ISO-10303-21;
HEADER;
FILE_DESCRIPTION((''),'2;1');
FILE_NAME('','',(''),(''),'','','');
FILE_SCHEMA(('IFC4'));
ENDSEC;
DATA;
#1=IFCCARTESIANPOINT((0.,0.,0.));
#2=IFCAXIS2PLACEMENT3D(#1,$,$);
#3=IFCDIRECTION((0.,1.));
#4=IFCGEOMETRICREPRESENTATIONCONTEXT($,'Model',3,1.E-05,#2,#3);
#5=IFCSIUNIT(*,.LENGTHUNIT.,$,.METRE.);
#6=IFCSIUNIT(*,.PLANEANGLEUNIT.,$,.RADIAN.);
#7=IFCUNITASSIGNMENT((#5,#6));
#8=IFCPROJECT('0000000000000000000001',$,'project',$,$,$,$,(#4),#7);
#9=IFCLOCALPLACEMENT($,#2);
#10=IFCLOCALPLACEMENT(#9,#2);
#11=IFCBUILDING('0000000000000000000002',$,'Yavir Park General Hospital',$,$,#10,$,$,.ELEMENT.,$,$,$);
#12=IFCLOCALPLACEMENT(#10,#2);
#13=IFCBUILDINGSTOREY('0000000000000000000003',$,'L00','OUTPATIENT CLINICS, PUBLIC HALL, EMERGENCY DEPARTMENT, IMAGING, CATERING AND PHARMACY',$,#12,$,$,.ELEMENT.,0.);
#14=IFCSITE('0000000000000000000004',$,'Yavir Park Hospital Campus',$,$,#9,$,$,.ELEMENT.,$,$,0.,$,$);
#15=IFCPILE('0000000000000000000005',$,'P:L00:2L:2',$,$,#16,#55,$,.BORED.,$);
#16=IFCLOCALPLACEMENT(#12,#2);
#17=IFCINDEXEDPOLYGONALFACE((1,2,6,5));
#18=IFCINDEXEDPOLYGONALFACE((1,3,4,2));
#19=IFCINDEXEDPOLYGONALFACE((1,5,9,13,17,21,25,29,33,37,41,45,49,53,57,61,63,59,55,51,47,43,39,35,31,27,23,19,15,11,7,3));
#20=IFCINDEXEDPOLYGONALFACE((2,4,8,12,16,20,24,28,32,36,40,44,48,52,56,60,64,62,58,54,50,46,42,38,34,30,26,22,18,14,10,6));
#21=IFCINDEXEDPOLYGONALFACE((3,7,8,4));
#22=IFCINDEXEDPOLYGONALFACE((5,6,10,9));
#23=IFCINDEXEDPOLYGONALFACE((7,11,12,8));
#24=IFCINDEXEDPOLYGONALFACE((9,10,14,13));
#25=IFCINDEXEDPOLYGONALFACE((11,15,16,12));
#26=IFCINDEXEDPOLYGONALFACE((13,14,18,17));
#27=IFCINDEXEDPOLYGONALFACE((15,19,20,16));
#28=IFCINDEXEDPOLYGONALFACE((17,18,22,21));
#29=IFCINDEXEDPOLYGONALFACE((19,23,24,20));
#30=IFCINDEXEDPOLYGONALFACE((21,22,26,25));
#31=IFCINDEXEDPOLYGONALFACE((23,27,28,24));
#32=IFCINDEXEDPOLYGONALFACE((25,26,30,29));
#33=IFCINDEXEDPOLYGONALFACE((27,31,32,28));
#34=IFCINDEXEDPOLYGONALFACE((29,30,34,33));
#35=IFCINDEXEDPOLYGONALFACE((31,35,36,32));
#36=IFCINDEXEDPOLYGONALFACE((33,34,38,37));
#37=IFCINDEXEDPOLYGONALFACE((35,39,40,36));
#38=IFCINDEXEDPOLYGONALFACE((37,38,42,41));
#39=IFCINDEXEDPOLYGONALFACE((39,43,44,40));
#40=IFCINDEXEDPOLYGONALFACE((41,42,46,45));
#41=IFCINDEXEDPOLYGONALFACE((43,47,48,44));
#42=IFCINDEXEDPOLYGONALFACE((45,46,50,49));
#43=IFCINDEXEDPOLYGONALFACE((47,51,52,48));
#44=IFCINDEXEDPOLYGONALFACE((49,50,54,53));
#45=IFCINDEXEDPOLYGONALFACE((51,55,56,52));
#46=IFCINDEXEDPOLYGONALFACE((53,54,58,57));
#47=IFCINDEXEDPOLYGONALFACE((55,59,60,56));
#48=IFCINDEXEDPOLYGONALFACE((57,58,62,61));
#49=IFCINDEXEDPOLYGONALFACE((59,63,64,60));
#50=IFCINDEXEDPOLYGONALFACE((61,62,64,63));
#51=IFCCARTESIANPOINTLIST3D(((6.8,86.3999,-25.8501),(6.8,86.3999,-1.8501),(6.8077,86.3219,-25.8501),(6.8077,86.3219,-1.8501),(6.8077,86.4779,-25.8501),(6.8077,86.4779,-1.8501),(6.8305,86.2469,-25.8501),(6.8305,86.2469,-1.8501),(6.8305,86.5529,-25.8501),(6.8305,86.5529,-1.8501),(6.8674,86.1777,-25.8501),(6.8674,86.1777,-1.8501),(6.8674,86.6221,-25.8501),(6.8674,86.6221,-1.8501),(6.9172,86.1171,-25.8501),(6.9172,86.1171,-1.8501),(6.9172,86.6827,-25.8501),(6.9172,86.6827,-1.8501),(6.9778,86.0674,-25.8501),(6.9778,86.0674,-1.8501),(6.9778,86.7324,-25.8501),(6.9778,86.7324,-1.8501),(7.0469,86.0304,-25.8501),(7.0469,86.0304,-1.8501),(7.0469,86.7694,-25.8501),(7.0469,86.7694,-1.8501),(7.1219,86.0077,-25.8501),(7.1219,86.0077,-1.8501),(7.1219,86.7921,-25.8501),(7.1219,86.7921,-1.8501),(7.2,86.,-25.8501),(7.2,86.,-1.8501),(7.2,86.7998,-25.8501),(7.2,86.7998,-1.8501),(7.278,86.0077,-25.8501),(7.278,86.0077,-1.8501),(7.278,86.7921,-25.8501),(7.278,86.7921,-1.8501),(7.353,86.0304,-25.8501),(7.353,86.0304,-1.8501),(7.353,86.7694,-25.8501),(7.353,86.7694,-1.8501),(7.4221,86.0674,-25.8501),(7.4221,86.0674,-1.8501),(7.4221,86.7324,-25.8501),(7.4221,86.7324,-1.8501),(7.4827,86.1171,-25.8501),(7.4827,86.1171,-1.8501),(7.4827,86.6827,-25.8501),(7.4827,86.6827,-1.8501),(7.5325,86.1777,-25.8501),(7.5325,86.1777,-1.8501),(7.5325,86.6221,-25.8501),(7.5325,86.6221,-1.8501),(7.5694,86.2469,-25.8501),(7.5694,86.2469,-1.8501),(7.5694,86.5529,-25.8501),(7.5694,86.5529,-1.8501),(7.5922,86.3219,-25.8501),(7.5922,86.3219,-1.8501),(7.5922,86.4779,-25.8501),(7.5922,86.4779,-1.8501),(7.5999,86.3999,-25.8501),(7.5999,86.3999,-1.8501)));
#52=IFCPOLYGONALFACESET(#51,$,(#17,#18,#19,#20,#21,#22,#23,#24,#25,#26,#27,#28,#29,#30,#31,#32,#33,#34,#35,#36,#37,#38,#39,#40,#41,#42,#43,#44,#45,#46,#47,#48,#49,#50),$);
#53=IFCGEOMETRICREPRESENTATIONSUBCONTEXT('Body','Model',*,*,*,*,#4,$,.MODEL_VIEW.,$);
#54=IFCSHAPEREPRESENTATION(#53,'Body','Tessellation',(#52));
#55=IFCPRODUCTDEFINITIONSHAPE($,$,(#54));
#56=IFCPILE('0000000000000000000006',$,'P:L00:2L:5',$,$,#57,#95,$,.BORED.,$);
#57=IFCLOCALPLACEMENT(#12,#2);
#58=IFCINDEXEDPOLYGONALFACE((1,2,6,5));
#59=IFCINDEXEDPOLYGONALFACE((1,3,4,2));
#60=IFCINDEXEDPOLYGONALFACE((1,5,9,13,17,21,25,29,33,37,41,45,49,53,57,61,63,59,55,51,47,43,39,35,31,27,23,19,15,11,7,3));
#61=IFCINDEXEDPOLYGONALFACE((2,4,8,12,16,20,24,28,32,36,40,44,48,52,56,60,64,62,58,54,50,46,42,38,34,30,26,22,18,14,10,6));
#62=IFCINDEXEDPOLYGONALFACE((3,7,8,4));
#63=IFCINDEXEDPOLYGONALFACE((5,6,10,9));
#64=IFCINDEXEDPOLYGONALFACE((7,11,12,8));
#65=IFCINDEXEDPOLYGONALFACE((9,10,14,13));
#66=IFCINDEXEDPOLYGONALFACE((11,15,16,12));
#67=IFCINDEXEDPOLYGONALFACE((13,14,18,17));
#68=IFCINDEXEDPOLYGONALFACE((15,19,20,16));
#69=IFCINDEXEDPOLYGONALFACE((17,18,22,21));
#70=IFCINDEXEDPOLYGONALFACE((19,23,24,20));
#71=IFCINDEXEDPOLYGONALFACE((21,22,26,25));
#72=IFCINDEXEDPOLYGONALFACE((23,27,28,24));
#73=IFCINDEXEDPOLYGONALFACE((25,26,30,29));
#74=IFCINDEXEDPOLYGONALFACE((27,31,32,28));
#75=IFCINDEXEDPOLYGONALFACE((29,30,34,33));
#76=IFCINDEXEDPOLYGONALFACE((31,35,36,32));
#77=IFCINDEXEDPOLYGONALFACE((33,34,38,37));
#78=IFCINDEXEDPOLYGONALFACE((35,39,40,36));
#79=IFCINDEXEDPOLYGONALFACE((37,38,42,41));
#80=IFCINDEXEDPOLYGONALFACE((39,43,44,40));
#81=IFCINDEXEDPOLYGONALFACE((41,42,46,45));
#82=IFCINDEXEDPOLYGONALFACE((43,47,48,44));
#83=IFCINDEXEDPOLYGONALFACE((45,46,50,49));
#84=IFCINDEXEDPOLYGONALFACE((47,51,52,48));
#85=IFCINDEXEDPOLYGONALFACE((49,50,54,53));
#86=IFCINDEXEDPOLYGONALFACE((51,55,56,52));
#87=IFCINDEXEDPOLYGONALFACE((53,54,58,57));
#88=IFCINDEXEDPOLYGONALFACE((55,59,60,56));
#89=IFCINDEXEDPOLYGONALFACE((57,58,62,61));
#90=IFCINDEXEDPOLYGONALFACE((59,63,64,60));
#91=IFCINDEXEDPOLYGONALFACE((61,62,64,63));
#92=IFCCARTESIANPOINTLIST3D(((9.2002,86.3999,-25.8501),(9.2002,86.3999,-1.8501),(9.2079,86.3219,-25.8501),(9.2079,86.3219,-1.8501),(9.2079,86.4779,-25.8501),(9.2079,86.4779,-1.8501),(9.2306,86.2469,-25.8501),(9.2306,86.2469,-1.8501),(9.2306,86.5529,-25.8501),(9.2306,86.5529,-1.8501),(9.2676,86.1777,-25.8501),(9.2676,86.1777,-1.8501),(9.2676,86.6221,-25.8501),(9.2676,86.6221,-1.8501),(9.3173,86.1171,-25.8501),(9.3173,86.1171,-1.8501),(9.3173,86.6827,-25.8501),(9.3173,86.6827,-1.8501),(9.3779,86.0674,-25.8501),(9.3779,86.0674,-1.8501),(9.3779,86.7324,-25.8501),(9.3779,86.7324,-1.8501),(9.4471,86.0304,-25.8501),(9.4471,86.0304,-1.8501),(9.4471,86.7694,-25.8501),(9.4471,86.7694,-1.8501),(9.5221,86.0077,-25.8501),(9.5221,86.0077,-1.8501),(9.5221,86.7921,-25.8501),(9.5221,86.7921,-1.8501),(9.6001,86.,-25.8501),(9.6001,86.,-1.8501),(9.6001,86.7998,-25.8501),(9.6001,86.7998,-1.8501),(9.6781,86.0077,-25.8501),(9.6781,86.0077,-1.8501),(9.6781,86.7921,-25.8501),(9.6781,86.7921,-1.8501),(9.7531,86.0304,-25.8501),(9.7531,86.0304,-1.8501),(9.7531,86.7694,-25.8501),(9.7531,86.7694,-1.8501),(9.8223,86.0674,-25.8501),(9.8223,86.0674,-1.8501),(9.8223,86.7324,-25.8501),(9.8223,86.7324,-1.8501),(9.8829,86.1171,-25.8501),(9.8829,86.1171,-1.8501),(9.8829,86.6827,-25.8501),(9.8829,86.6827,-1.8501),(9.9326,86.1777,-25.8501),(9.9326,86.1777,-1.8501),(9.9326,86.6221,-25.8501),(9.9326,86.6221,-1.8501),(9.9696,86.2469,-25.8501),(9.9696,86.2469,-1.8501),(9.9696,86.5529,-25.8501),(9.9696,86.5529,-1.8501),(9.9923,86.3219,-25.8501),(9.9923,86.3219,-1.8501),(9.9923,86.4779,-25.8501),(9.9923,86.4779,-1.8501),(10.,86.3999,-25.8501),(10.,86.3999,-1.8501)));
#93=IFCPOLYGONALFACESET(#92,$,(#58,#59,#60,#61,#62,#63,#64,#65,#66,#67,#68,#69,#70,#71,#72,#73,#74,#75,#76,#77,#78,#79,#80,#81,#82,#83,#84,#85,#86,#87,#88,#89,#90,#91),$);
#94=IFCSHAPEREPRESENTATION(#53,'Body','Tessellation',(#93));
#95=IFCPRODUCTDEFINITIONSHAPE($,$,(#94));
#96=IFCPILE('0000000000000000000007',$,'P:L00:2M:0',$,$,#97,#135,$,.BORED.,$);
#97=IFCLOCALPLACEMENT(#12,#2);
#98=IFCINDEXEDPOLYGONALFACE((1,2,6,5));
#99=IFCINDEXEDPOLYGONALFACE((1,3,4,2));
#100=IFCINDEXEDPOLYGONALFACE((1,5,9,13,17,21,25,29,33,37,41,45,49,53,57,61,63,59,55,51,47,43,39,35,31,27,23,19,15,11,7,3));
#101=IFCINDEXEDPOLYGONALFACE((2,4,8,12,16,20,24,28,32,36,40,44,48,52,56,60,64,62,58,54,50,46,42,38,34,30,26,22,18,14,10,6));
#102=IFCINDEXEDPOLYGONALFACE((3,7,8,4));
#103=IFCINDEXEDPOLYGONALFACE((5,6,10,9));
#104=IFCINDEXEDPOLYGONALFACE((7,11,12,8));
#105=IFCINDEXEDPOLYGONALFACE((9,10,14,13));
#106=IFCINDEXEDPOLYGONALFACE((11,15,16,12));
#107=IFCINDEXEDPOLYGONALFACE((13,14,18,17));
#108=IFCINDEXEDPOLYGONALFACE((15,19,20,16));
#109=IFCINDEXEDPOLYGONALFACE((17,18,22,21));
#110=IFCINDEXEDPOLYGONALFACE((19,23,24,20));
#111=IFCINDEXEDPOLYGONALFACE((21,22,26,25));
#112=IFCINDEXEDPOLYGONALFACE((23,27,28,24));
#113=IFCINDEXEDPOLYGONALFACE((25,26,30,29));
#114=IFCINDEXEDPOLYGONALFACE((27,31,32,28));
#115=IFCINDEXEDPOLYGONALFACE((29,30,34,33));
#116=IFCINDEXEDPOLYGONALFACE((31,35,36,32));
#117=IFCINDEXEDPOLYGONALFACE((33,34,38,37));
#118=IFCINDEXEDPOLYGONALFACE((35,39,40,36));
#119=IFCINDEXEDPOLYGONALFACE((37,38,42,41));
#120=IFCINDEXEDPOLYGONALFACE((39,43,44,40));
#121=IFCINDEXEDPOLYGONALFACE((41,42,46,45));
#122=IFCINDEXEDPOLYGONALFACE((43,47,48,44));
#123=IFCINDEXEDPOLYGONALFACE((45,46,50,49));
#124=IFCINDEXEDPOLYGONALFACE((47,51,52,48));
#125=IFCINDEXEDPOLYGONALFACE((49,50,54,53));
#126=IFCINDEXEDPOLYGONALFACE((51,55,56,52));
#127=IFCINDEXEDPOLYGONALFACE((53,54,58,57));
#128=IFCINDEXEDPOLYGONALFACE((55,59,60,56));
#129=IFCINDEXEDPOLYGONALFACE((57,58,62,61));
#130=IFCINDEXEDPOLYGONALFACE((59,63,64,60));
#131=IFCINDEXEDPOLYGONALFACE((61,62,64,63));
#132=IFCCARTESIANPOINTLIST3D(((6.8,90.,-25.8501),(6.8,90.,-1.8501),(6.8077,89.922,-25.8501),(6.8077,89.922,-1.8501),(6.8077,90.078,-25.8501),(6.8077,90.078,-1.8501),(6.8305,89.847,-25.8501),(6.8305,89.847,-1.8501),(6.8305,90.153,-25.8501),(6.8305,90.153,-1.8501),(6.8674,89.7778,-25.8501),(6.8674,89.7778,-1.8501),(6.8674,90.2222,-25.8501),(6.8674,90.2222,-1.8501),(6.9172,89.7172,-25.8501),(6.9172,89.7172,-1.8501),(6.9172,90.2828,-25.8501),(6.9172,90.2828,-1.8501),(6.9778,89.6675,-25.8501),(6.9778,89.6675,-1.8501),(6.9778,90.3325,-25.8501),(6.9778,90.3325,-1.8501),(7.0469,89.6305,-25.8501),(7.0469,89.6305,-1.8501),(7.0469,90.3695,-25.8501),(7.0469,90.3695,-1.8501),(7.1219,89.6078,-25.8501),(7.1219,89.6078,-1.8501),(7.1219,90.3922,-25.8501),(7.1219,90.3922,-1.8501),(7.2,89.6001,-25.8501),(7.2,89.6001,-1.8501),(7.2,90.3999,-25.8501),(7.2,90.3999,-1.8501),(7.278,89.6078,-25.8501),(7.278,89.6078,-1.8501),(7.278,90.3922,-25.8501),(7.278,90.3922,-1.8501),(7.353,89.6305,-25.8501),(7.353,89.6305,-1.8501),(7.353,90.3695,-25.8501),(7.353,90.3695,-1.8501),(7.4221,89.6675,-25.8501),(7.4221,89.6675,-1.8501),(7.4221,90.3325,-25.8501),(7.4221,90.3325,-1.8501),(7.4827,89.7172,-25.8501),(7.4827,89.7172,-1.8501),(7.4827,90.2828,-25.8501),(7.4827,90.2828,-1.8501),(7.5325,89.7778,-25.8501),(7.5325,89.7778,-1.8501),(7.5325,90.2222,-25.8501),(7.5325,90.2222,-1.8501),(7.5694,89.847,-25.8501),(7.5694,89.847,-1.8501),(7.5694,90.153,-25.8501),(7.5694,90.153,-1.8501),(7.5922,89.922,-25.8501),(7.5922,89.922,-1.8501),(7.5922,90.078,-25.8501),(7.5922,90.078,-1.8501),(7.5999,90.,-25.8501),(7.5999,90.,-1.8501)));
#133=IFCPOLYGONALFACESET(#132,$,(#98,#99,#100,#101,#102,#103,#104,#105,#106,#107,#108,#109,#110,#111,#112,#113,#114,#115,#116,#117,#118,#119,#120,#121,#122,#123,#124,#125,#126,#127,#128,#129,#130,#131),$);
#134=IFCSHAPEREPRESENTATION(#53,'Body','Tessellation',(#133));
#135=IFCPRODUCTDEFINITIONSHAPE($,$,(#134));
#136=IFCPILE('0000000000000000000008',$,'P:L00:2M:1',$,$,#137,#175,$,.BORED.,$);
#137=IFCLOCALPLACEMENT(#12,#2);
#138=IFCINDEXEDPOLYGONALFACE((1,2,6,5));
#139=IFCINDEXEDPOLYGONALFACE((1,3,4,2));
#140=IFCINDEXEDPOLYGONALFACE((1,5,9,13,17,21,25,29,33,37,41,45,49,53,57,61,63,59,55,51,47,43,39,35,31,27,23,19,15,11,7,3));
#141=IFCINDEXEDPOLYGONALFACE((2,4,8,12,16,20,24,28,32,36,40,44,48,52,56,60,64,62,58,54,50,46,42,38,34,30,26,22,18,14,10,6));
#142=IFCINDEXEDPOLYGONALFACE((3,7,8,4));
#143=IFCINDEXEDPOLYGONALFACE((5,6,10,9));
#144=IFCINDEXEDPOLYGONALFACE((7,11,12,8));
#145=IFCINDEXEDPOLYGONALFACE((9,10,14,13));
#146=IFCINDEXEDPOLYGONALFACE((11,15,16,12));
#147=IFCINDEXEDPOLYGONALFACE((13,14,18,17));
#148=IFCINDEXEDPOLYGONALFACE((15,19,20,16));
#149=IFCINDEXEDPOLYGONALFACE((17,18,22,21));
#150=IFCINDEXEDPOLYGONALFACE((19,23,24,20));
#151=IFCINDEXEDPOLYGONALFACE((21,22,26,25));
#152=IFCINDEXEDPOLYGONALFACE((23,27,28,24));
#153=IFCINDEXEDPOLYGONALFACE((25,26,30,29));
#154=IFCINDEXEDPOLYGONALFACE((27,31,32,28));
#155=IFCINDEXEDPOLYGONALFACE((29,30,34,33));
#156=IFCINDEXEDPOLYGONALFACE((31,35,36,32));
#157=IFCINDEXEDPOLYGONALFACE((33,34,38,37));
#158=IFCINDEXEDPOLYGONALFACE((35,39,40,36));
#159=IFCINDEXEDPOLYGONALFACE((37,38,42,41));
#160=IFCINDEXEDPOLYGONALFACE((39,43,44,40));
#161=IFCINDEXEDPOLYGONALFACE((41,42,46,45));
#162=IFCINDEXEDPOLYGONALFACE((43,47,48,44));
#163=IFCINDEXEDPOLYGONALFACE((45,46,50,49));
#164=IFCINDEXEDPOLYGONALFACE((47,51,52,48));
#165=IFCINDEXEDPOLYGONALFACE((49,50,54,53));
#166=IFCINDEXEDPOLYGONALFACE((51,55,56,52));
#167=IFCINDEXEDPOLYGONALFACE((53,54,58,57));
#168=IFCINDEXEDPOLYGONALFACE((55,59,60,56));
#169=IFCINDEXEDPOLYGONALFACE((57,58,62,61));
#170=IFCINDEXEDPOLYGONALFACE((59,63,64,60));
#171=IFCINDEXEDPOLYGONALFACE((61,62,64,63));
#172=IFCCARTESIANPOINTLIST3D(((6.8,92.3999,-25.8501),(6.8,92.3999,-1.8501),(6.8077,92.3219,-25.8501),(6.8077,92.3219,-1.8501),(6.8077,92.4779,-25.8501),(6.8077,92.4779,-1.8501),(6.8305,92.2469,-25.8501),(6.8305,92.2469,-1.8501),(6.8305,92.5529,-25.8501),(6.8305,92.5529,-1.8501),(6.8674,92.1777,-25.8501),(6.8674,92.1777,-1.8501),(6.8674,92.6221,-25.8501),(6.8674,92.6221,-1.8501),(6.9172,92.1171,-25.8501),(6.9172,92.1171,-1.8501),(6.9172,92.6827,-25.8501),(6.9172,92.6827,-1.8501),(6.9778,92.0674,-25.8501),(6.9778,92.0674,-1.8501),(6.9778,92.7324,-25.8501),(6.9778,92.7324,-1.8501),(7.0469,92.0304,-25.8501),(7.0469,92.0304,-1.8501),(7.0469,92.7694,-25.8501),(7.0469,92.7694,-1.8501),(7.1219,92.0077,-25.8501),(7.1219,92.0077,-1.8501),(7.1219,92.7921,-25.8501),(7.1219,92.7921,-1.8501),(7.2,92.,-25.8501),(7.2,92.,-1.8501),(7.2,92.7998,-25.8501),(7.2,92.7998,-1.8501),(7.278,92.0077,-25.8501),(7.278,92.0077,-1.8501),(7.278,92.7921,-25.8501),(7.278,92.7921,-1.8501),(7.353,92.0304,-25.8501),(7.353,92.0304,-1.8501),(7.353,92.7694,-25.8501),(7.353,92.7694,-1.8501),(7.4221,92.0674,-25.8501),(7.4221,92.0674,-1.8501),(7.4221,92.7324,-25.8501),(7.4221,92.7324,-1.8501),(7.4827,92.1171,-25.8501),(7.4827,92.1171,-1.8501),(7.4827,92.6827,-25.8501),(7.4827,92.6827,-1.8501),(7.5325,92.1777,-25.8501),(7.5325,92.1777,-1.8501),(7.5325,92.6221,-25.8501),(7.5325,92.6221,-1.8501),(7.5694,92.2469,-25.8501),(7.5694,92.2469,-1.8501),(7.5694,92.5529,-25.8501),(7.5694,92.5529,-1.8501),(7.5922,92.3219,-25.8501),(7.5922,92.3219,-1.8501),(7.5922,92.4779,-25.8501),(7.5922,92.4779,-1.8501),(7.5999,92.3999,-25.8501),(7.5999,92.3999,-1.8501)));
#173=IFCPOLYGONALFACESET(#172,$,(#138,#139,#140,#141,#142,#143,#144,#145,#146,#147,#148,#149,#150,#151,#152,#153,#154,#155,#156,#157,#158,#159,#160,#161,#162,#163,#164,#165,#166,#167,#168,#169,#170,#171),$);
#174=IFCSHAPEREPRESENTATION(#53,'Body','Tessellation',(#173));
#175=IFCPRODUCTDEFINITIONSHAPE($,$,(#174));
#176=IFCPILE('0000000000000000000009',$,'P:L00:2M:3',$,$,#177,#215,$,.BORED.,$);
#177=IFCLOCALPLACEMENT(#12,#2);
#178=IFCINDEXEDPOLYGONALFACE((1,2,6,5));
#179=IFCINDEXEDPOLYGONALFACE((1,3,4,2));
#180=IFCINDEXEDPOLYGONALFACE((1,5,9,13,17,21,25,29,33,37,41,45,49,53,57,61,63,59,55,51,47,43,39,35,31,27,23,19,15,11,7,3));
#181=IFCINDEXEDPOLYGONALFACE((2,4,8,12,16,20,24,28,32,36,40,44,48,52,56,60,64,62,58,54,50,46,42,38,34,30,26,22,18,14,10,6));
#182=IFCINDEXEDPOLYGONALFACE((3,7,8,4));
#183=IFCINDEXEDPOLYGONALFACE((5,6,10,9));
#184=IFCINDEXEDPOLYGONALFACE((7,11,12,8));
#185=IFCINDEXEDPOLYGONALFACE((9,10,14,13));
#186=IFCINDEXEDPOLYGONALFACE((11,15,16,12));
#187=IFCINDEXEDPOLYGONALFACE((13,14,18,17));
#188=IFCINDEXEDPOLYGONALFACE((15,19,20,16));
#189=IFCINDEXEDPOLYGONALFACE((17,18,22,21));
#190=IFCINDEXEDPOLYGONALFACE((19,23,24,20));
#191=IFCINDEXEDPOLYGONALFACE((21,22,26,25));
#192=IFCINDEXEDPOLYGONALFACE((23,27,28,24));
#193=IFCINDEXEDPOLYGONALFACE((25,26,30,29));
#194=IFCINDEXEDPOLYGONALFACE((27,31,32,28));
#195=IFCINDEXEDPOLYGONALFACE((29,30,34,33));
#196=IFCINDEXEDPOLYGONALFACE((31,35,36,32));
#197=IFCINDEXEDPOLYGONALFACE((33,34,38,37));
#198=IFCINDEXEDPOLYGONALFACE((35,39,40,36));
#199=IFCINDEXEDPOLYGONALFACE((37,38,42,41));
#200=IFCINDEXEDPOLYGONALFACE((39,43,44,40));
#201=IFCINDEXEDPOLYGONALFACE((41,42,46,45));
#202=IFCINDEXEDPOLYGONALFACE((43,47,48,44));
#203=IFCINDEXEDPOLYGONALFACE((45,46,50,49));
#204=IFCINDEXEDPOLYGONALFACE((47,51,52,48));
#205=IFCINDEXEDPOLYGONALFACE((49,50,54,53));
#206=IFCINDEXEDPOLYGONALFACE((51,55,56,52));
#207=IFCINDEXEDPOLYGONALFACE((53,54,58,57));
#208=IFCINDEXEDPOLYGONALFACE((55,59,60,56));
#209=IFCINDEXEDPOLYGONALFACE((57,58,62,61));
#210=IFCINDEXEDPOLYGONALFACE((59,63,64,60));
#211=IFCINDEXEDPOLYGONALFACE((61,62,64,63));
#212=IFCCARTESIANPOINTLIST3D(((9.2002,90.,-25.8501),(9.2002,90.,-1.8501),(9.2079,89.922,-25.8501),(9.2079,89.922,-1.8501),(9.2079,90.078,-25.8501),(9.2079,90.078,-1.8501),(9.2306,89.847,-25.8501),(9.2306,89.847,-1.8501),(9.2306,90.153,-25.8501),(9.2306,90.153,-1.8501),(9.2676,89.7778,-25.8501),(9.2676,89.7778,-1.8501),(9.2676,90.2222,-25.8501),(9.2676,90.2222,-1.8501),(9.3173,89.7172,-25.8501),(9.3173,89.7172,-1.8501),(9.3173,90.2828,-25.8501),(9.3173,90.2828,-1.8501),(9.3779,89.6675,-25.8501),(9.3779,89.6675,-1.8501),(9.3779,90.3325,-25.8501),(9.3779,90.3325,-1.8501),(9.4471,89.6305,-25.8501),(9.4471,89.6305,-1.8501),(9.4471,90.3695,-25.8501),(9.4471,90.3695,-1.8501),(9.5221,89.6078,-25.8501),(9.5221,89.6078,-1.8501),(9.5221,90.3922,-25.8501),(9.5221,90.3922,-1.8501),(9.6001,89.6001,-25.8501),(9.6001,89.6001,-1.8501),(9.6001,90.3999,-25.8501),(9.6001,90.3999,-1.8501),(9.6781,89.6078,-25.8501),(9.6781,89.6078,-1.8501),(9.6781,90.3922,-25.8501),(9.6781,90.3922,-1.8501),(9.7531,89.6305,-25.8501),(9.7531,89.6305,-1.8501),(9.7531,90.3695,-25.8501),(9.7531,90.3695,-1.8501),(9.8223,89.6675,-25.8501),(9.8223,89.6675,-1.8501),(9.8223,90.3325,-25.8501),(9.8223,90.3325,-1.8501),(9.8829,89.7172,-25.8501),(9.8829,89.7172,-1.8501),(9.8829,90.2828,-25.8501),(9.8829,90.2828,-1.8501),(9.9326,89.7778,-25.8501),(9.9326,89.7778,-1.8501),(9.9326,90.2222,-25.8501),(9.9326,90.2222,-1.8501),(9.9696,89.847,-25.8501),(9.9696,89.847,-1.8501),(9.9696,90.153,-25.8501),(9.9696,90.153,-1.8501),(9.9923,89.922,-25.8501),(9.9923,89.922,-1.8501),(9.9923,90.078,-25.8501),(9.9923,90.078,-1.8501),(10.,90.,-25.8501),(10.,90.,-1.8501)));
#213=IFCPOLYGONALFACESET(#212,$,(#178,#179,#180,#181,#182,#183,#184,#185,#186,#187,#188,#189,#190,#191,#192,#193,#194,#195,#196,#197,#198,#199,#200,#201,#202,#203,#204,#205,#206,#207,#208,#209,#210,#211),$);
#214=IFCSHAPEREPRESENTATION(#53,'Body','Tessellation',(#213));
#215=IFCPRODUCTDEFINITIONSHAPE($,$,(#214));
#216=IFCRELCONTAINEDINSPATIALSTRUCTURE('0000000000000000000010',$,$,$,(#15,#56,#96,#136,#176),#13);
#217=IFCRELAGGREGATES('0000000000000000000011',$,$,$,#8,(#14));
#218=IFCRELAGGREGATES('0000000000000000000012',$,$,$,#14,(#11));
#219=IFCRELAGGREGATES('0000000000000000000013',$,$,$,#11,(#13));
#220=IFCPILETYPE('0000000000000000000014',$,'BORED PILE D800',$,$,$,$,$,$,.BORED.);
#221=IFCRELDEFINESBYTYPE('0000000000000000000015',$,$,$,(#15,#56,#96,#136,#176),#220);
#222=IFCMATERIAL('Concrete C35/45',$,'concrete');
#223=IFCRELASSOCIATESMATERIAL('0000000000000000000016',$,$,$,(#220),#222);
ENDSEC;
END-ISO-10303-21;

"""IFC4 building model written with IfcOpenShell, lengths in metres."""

from ifc_helpers import new_model, si_unit, direction, frame, origin, origin_2d, place, context, subcontext, project, spatial, circle, extrude, material, material_profile, profile_set, type_object, element, save


model = new_model("IFC4")

# Units and contexts
model_context = context("Model", 3, precision=1e-05, world=origin(), true_north=direction((0.0, 1.0)))
body_context = subcontext(model_context, "Body", "Model", "MODEL_VIEW")
ifc_project = project(units=[si_unit("LENGTHUNIT", "METRE"), si_unit("PLANEANGLEUNIT", "RADIAN")], contexts=[model_context])

# Site, building, storey
site_placement = place(None, origin())
site = spatial("IfcSite", under=ifc_project, at=site_placement, Name="Yavir Park Hospital Campus", CompositionType="ELEMENT", RefElevation=0.0)
building_placement = place(site_placement, origin())
building = spatial("IfcBuilding", under=site, at=building_placement, Name="Yavir Park General Hospital", CompositionType="ELEMENT")
storey_placement = place(building_placement, origin())
storey = spatial("IfcBuildingStorey", under=building, at=storey_placement, Name="L00", Description="OUTPATIENT CLINICS, PUBLIC HALL, EMERGENCY DEPARTMENT, IMAGING, CATERING AND PHARMACY", CompositionType="ELEMENT", Elevation=0.0)

# Piles
ifc_material_1 = material(Name="Concrete C35/45", Category="concrete")
ifc_material_profile_1 = material_profile(ifc_material_1, circle(Radius=0.3999, at=origin_2d()), Name="D800")
ifc_profile_set_1 = profile_set([ifc_material_profile_1], Name="Concrete C35/45")
pile_type = type_object("IfcPileType", Name="BORED PILE D800", PredefinedType="BORED", material=ifc_profile_set_1)
for number, where, z_axis, x_axis, name in (
    (1, (7.2, 86.3999, -1.8501), (0.0, 0.0, -1.0), (1.0, 0.0, 0.0), "P:L00:2L:2"),
    (2, (9.6001, 86.3999, -1.8501), (0.0, 0.0, -1.0), (1.0, 0.0, 0.0), "P:L00:2L:5"),
    (3, (7.2, 90.0, -1.8501), (0.0, 0.0, -1.0), (1.0, 0.0, 0.0), "P:L00:2M:0"),
    (4, (7.2, 92.3999, -1.8501), (0.0, 0.0, -1.0), (1.0, 0.0, 0.0), "P:L00:2M:1"),
    (5, (9.6001, 90.0, -1.8501), (0.0, 0.0, -1.0), (1.0, 0.0, 0.0), "P:L00:2M:3"),
):
    element("IfcPile", number, at=place(storey_placement, frame(where, z_axis=z_axis, x_axis=x_axis)), inside=storey, type_object=pile_type, Name=name, PredefinedType="BORED", context=body_context, shape_type="SweptSolid", body=[
        extrude(circle(Radius=0.3999, at=origin_2d()), origin(), (0.0, 0.0, 1.0), 24.0),
    ])

save(model, "model.ifc")
